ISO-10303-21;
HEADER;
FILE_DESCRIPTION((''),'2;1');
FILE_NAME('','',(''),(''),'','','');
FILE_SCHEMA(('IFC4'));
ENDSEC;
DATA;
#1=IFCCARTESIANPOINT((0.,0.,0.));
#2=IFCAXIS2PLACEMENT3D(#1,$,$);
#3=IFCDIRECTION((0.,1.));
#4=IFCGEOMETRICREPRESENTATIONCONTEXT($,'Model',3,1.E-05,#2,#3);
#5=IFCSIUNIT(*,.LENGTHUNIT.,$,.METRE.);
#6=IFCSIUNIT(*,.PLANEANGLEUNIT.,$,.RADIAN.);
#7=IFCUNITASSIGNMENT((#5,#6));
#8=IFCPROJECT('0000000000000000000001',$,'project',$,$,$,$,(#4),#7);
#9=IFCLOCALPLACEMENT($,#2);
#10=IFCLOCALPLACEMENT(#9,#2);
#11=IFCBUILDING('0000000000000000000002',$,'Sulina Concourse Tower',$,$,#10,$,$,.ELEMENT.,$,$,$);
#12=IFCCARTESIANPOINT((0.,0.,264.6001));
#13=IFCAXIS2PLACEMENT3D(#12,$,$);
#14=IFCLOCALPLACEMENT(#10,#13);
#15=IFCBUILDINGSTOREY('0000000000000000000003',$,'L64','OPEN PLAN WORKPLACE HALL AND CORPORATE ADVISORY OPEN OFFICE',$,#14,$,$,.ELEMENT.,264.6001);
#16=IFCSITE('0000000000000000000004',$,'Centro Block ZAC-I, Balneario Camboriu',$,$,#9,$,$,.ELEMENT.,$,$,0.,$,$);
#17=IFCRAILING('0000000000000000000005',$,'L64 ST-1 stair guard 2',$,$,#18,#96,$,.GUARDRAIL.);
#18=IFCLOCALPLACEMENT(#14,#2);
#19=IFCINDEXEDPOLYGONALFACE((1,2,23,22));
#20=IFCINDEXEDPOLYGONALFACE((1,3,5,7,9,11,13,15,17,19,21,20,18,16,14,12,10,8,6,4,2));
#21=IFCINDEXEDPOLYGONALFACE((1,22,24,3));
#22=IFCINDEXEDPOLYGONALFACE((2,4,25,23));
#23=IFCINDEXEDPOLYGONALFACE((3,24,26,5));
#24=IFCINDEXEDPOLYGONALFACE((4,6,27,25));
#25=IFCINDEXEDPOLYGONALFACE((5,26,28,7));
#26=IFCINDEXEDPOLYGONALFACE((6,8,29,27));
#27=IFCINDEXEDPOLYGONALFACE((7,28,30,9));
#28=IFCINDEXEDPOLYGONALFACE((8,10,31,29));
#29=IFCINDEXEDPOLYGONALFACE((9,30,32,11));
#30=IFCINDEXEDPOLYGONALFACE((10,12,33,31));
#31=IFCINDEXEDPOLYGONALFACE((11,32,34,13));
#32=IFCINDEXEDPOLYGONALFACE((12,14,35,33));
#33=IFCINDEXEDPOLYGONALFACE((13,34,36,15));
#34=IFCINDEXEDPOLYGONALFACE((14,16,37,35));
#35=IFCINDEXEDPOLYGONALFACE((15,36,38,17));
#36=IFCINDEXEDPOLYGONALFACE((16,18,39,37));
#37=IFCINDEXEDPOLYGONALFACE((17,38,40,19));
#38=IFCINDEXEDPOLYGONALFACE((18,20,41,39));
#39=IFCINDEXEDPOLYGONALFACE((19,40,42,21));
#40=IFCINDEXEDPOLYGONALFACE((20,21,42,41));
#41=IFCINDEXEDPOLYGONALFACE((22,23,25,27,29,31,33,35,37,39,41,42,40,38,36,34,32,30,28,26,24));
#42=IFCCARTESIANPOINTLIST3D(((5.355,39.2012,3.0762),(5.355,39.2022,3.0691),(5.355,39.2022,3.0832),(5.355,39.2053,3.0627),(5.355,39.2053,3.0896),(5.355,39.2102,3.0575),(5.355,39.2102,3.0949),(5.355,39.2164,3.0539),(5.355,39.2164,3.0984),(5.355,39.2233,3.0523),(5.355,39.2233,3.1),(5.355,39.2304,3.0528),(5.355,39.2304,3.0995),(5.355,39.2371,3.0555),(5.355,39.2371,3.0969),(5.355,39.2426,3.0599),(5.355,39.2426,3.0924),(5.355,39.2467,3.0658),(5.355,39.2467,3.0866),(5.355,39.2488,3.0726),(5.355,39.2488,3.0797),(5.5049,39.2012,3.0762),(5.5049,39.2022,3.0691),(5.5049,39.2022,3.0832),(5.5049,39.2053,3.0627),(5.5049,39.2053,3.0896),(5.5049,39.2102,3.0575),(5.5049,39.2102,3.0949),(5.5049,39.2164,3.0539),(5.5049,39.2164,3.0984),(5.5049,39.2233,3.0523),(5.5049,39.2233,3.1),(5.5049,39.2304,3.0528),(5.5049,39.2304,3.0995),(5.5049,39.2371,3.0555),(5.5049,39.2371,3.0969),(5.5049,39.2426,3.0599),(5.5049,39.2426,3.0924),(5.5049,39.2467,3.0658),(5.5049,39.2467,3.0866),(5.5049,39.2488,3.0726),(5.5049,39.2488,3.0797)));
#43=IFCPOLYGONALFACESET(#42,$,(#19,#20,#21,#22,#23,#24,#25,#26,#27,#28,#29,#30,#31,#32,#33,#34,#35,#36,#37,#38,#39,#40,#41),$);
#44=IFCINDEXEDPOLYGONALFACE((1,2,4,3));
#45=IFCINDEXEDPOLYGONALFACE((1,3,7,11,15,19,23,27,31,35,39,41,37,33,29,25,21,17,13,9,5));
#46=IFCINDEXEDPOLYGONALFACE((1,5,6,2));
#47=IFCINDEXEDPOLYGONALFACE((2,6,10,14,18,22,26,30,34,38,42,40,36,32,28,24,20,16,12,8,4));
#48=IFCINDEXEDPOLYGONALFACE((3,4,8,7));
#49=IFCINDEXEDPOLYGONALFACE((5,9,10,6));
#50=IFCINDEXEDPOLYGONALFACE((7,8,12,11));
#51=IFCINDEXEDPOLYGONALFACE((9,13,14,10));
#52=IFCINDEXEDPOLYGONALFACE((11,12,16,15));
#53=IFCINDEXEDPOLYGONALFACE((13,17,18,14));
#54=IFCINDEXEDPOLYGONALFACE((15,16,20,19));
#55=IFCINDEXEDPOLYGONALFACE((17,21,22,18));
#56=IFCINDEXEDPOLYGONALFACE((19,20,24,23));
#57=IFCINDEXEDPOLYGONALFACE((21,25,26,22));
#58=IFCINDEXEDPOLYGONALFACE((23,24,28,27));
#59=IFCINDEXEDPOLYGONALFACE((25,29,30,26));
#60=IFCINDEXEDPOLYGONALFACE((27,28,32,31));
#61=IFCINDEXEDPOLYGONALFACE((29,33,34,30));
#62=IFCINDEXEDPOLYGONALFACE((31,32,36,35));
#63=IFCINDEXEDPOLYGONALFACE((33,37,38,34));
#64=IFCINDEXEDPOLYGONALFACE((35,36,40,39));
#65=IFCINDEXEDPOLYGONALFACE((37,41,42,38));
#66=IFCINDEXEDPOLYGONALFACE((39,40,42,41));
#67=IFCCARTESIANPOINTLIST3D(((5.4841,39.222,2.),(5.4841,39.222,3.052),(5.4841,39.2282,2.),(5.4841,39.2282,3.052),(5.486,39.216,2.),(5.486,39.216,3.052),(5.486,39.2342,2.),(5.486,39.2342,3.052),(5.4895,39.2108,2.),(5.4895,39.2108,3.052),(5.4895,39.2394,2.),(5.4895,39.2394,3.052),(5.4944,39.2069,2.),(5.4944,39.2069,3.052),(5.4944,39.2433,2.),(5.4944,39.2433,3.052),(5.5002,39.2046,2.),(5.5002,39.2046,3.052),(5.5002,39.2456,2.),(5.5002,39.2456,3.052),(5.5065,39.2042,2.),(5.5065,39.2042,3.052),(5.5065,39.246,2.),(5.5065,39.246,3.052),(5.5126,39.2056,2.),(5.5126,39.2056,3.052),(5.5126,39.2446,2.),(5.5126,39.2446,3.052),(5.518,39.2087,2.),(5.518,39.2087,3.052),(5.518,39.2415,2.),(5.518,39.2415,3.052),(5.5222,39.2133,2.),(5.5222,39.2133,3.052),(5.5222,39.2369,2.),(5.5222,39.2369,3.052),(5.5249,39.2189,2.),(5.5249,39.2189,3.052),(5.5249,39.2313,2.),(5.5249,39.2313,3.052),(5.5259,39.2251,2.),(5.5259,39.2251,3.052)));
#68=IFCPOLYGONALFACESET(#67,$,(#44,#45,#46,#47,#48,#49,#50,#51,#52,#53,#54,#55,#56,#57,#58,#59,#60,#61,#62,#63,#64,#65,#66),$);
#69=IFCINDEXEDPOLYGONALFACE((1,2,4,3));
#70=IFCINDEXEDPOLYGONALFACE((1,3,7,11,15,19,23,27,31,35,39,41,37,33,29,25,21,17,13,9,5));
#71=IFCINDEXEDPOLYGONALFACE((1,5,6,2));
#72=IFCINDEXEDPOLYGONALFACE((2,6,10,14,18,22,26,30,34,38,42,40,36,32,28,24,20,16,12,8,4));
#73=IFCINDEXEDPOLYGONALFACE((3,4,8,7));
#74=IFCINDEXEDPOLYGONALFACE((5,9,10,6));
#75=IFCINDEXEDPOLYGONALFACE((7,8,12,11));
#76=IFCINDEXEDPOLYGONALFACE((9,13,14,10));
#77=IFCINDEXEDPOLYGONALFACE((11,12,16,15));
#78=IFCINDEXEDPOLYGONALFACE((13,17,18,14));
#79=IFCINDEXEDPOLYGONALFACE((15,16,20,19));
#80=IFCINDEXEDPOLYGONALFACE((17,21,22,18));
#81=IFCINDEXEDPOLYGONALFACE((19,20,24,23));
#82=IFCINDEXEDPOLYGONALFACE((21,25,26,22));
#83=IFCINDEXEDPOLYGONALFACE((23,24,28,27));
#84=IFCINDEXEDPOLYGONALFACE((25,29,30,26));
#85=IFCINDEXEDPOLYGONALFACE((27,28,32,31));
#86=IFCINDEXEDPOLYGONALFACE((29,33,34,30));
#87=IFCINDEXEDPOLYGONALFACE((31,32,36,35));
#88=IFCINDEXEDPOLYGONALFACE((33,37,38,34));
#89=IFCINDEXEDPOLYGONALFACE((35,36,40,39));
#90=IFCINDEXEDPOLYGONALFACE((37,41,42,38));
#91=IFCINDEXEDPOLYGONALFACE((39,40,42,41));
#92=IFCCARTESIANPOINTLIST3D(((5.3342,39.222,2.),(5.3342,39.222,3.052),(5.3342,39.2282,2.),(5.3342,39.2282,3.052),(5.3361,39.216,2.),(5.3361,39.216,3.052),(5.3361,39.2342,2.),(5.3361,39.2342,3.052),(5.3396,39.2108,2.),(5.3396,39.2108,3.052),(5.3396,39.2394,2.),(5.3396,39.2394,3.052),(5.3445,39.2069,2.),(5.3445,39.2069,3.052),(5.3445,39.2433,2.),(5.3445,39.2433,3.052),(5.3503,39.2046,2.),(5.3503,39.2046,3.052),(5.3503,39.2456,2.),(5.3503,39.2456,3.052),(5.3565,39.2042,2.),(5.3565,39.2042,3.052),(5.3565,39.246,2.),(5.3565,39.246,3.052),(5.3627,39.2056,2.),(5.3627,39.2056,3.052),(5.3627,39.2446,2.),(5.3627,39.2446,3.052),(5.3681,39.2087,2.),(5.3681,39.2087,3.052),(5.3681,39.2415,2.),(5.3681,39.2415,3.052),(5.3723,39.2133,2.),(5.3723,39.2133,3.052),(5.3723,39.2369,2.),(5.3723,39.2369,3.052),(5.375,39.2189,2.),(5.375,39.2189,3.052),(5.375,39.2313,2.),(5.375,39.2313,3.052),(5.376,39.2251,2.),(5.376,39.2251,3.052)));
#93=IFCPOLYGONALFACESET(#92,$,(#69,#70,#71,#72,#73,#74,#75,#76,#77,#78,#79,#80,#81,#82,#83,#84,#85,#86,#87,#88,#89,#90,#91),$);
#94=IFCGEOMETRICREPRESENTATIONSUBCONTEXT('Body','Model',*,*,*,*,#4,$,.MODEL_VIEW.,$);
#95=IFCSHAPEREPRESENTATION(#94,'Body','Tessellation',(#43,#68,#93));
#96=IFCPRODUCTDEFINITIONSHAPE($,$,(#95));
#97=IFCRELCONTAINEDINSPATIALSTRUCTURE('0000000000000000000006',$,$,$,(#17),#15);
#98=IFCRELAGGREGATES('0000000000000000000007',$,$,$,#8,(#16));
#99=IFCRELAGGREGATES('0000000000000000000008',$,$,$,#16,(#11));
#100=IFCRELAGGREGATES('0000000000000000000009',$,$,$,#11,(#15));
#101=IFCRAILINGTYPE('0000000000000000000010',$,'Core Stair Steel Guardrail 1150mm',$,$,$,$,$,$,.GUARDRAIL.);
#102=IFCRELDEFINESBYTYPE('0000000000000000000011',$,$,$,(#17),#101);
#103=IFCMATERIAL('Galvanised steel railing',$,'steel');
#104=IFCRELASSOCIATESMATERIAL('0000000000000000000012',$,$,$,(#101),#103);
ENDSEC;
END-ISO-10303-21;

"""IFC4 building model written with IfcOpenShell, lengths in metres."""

from ifc_helpers import new_model, si_unit, direction, frame, origin, origin_2d, place, context, subcontext, project, spatial, circle, extrude, material, type_object, element, save


model = new_model("IFC4")

# Units and contexts
model_context = context("Model", 3, precision=1e-05, world=origin(), true_north=direction((0.0, 1.0)))
body_context = subcontext(model_context, "Body", "Model", "MODEL_VIEW")
ifc_project = project(units=[si_unit("LENGTHUNIT", "METRE"), si_unit("PLANEANGLEUNIT", "RADIAN")], contexts=[model_context])

# Site, building, storey
site_placement = place(None, origin())
site = spatial("IfcSite", under=ifc_project, at=site_placement, Name="Centro Block ZAC-I, Balneario Camboriu", CompositionType="ELEMENT", RefElevation=0.0)
building_placement = place(site_placement, origin())
building = spatial("IfcBuilding", under=site, at=building_placement, Name="Sulina Concourse Tower", CompositionType="ELEMENT")
storey_placement = place(building_placement, frame((0.0, 0.0, 264.6001)))
storey = spatial("IfcBuildingStorey", under=building, at=storey_placement, Name="L64", Description="OPEN PLAN WORKPLACE HALL AND CORPORATE ADVISORY OPEN OFFICE", CompositionType="ELEMENT", Elevation=264.6001)

# Railing
ifc_material_1 = material(Name="Galvanised steel railing", Category="steel")
railing_type_1 = type_object("IfcRailingType", Name="Core Stair Steel Guardrail 1150mm", PredefinedType="GUARDRAIL", material=ifc_material_1)
railing_1_placement = place(storey_placement, frame((5.5049, 39.2251, 2.0)))
element("IfcRailing", 1, at=railing_1_placement, inside=storey, type_object=railing_type_1, Name="L64 ST-1 stair guard 2", PredefinedType="GUARDRAIL", context=body_context, shape_type="SweptSolid", body=[
    extrude(circle(Radius=0.0239, at=origin_2d()), frame((0.0, 0.0, 1.0762), z_axis=(-1.0, 0.0, 0.0), x_axis=(0.0, -1.0, 0.0)), (0.0, 0.0, 1.0), 0.1499),
    extrude(circle(Radius=0.021, at=origin_2d()), origin(), (0.0, 0.0, 1.0), 1.052),
    extrude(circle(Radius=0.021, at=origin_2d()), frame((-0.1499, 0.0, 0.0)), (0.0, 0.0, 1.0), 1.052),
])

save(model, "model.ifc")
